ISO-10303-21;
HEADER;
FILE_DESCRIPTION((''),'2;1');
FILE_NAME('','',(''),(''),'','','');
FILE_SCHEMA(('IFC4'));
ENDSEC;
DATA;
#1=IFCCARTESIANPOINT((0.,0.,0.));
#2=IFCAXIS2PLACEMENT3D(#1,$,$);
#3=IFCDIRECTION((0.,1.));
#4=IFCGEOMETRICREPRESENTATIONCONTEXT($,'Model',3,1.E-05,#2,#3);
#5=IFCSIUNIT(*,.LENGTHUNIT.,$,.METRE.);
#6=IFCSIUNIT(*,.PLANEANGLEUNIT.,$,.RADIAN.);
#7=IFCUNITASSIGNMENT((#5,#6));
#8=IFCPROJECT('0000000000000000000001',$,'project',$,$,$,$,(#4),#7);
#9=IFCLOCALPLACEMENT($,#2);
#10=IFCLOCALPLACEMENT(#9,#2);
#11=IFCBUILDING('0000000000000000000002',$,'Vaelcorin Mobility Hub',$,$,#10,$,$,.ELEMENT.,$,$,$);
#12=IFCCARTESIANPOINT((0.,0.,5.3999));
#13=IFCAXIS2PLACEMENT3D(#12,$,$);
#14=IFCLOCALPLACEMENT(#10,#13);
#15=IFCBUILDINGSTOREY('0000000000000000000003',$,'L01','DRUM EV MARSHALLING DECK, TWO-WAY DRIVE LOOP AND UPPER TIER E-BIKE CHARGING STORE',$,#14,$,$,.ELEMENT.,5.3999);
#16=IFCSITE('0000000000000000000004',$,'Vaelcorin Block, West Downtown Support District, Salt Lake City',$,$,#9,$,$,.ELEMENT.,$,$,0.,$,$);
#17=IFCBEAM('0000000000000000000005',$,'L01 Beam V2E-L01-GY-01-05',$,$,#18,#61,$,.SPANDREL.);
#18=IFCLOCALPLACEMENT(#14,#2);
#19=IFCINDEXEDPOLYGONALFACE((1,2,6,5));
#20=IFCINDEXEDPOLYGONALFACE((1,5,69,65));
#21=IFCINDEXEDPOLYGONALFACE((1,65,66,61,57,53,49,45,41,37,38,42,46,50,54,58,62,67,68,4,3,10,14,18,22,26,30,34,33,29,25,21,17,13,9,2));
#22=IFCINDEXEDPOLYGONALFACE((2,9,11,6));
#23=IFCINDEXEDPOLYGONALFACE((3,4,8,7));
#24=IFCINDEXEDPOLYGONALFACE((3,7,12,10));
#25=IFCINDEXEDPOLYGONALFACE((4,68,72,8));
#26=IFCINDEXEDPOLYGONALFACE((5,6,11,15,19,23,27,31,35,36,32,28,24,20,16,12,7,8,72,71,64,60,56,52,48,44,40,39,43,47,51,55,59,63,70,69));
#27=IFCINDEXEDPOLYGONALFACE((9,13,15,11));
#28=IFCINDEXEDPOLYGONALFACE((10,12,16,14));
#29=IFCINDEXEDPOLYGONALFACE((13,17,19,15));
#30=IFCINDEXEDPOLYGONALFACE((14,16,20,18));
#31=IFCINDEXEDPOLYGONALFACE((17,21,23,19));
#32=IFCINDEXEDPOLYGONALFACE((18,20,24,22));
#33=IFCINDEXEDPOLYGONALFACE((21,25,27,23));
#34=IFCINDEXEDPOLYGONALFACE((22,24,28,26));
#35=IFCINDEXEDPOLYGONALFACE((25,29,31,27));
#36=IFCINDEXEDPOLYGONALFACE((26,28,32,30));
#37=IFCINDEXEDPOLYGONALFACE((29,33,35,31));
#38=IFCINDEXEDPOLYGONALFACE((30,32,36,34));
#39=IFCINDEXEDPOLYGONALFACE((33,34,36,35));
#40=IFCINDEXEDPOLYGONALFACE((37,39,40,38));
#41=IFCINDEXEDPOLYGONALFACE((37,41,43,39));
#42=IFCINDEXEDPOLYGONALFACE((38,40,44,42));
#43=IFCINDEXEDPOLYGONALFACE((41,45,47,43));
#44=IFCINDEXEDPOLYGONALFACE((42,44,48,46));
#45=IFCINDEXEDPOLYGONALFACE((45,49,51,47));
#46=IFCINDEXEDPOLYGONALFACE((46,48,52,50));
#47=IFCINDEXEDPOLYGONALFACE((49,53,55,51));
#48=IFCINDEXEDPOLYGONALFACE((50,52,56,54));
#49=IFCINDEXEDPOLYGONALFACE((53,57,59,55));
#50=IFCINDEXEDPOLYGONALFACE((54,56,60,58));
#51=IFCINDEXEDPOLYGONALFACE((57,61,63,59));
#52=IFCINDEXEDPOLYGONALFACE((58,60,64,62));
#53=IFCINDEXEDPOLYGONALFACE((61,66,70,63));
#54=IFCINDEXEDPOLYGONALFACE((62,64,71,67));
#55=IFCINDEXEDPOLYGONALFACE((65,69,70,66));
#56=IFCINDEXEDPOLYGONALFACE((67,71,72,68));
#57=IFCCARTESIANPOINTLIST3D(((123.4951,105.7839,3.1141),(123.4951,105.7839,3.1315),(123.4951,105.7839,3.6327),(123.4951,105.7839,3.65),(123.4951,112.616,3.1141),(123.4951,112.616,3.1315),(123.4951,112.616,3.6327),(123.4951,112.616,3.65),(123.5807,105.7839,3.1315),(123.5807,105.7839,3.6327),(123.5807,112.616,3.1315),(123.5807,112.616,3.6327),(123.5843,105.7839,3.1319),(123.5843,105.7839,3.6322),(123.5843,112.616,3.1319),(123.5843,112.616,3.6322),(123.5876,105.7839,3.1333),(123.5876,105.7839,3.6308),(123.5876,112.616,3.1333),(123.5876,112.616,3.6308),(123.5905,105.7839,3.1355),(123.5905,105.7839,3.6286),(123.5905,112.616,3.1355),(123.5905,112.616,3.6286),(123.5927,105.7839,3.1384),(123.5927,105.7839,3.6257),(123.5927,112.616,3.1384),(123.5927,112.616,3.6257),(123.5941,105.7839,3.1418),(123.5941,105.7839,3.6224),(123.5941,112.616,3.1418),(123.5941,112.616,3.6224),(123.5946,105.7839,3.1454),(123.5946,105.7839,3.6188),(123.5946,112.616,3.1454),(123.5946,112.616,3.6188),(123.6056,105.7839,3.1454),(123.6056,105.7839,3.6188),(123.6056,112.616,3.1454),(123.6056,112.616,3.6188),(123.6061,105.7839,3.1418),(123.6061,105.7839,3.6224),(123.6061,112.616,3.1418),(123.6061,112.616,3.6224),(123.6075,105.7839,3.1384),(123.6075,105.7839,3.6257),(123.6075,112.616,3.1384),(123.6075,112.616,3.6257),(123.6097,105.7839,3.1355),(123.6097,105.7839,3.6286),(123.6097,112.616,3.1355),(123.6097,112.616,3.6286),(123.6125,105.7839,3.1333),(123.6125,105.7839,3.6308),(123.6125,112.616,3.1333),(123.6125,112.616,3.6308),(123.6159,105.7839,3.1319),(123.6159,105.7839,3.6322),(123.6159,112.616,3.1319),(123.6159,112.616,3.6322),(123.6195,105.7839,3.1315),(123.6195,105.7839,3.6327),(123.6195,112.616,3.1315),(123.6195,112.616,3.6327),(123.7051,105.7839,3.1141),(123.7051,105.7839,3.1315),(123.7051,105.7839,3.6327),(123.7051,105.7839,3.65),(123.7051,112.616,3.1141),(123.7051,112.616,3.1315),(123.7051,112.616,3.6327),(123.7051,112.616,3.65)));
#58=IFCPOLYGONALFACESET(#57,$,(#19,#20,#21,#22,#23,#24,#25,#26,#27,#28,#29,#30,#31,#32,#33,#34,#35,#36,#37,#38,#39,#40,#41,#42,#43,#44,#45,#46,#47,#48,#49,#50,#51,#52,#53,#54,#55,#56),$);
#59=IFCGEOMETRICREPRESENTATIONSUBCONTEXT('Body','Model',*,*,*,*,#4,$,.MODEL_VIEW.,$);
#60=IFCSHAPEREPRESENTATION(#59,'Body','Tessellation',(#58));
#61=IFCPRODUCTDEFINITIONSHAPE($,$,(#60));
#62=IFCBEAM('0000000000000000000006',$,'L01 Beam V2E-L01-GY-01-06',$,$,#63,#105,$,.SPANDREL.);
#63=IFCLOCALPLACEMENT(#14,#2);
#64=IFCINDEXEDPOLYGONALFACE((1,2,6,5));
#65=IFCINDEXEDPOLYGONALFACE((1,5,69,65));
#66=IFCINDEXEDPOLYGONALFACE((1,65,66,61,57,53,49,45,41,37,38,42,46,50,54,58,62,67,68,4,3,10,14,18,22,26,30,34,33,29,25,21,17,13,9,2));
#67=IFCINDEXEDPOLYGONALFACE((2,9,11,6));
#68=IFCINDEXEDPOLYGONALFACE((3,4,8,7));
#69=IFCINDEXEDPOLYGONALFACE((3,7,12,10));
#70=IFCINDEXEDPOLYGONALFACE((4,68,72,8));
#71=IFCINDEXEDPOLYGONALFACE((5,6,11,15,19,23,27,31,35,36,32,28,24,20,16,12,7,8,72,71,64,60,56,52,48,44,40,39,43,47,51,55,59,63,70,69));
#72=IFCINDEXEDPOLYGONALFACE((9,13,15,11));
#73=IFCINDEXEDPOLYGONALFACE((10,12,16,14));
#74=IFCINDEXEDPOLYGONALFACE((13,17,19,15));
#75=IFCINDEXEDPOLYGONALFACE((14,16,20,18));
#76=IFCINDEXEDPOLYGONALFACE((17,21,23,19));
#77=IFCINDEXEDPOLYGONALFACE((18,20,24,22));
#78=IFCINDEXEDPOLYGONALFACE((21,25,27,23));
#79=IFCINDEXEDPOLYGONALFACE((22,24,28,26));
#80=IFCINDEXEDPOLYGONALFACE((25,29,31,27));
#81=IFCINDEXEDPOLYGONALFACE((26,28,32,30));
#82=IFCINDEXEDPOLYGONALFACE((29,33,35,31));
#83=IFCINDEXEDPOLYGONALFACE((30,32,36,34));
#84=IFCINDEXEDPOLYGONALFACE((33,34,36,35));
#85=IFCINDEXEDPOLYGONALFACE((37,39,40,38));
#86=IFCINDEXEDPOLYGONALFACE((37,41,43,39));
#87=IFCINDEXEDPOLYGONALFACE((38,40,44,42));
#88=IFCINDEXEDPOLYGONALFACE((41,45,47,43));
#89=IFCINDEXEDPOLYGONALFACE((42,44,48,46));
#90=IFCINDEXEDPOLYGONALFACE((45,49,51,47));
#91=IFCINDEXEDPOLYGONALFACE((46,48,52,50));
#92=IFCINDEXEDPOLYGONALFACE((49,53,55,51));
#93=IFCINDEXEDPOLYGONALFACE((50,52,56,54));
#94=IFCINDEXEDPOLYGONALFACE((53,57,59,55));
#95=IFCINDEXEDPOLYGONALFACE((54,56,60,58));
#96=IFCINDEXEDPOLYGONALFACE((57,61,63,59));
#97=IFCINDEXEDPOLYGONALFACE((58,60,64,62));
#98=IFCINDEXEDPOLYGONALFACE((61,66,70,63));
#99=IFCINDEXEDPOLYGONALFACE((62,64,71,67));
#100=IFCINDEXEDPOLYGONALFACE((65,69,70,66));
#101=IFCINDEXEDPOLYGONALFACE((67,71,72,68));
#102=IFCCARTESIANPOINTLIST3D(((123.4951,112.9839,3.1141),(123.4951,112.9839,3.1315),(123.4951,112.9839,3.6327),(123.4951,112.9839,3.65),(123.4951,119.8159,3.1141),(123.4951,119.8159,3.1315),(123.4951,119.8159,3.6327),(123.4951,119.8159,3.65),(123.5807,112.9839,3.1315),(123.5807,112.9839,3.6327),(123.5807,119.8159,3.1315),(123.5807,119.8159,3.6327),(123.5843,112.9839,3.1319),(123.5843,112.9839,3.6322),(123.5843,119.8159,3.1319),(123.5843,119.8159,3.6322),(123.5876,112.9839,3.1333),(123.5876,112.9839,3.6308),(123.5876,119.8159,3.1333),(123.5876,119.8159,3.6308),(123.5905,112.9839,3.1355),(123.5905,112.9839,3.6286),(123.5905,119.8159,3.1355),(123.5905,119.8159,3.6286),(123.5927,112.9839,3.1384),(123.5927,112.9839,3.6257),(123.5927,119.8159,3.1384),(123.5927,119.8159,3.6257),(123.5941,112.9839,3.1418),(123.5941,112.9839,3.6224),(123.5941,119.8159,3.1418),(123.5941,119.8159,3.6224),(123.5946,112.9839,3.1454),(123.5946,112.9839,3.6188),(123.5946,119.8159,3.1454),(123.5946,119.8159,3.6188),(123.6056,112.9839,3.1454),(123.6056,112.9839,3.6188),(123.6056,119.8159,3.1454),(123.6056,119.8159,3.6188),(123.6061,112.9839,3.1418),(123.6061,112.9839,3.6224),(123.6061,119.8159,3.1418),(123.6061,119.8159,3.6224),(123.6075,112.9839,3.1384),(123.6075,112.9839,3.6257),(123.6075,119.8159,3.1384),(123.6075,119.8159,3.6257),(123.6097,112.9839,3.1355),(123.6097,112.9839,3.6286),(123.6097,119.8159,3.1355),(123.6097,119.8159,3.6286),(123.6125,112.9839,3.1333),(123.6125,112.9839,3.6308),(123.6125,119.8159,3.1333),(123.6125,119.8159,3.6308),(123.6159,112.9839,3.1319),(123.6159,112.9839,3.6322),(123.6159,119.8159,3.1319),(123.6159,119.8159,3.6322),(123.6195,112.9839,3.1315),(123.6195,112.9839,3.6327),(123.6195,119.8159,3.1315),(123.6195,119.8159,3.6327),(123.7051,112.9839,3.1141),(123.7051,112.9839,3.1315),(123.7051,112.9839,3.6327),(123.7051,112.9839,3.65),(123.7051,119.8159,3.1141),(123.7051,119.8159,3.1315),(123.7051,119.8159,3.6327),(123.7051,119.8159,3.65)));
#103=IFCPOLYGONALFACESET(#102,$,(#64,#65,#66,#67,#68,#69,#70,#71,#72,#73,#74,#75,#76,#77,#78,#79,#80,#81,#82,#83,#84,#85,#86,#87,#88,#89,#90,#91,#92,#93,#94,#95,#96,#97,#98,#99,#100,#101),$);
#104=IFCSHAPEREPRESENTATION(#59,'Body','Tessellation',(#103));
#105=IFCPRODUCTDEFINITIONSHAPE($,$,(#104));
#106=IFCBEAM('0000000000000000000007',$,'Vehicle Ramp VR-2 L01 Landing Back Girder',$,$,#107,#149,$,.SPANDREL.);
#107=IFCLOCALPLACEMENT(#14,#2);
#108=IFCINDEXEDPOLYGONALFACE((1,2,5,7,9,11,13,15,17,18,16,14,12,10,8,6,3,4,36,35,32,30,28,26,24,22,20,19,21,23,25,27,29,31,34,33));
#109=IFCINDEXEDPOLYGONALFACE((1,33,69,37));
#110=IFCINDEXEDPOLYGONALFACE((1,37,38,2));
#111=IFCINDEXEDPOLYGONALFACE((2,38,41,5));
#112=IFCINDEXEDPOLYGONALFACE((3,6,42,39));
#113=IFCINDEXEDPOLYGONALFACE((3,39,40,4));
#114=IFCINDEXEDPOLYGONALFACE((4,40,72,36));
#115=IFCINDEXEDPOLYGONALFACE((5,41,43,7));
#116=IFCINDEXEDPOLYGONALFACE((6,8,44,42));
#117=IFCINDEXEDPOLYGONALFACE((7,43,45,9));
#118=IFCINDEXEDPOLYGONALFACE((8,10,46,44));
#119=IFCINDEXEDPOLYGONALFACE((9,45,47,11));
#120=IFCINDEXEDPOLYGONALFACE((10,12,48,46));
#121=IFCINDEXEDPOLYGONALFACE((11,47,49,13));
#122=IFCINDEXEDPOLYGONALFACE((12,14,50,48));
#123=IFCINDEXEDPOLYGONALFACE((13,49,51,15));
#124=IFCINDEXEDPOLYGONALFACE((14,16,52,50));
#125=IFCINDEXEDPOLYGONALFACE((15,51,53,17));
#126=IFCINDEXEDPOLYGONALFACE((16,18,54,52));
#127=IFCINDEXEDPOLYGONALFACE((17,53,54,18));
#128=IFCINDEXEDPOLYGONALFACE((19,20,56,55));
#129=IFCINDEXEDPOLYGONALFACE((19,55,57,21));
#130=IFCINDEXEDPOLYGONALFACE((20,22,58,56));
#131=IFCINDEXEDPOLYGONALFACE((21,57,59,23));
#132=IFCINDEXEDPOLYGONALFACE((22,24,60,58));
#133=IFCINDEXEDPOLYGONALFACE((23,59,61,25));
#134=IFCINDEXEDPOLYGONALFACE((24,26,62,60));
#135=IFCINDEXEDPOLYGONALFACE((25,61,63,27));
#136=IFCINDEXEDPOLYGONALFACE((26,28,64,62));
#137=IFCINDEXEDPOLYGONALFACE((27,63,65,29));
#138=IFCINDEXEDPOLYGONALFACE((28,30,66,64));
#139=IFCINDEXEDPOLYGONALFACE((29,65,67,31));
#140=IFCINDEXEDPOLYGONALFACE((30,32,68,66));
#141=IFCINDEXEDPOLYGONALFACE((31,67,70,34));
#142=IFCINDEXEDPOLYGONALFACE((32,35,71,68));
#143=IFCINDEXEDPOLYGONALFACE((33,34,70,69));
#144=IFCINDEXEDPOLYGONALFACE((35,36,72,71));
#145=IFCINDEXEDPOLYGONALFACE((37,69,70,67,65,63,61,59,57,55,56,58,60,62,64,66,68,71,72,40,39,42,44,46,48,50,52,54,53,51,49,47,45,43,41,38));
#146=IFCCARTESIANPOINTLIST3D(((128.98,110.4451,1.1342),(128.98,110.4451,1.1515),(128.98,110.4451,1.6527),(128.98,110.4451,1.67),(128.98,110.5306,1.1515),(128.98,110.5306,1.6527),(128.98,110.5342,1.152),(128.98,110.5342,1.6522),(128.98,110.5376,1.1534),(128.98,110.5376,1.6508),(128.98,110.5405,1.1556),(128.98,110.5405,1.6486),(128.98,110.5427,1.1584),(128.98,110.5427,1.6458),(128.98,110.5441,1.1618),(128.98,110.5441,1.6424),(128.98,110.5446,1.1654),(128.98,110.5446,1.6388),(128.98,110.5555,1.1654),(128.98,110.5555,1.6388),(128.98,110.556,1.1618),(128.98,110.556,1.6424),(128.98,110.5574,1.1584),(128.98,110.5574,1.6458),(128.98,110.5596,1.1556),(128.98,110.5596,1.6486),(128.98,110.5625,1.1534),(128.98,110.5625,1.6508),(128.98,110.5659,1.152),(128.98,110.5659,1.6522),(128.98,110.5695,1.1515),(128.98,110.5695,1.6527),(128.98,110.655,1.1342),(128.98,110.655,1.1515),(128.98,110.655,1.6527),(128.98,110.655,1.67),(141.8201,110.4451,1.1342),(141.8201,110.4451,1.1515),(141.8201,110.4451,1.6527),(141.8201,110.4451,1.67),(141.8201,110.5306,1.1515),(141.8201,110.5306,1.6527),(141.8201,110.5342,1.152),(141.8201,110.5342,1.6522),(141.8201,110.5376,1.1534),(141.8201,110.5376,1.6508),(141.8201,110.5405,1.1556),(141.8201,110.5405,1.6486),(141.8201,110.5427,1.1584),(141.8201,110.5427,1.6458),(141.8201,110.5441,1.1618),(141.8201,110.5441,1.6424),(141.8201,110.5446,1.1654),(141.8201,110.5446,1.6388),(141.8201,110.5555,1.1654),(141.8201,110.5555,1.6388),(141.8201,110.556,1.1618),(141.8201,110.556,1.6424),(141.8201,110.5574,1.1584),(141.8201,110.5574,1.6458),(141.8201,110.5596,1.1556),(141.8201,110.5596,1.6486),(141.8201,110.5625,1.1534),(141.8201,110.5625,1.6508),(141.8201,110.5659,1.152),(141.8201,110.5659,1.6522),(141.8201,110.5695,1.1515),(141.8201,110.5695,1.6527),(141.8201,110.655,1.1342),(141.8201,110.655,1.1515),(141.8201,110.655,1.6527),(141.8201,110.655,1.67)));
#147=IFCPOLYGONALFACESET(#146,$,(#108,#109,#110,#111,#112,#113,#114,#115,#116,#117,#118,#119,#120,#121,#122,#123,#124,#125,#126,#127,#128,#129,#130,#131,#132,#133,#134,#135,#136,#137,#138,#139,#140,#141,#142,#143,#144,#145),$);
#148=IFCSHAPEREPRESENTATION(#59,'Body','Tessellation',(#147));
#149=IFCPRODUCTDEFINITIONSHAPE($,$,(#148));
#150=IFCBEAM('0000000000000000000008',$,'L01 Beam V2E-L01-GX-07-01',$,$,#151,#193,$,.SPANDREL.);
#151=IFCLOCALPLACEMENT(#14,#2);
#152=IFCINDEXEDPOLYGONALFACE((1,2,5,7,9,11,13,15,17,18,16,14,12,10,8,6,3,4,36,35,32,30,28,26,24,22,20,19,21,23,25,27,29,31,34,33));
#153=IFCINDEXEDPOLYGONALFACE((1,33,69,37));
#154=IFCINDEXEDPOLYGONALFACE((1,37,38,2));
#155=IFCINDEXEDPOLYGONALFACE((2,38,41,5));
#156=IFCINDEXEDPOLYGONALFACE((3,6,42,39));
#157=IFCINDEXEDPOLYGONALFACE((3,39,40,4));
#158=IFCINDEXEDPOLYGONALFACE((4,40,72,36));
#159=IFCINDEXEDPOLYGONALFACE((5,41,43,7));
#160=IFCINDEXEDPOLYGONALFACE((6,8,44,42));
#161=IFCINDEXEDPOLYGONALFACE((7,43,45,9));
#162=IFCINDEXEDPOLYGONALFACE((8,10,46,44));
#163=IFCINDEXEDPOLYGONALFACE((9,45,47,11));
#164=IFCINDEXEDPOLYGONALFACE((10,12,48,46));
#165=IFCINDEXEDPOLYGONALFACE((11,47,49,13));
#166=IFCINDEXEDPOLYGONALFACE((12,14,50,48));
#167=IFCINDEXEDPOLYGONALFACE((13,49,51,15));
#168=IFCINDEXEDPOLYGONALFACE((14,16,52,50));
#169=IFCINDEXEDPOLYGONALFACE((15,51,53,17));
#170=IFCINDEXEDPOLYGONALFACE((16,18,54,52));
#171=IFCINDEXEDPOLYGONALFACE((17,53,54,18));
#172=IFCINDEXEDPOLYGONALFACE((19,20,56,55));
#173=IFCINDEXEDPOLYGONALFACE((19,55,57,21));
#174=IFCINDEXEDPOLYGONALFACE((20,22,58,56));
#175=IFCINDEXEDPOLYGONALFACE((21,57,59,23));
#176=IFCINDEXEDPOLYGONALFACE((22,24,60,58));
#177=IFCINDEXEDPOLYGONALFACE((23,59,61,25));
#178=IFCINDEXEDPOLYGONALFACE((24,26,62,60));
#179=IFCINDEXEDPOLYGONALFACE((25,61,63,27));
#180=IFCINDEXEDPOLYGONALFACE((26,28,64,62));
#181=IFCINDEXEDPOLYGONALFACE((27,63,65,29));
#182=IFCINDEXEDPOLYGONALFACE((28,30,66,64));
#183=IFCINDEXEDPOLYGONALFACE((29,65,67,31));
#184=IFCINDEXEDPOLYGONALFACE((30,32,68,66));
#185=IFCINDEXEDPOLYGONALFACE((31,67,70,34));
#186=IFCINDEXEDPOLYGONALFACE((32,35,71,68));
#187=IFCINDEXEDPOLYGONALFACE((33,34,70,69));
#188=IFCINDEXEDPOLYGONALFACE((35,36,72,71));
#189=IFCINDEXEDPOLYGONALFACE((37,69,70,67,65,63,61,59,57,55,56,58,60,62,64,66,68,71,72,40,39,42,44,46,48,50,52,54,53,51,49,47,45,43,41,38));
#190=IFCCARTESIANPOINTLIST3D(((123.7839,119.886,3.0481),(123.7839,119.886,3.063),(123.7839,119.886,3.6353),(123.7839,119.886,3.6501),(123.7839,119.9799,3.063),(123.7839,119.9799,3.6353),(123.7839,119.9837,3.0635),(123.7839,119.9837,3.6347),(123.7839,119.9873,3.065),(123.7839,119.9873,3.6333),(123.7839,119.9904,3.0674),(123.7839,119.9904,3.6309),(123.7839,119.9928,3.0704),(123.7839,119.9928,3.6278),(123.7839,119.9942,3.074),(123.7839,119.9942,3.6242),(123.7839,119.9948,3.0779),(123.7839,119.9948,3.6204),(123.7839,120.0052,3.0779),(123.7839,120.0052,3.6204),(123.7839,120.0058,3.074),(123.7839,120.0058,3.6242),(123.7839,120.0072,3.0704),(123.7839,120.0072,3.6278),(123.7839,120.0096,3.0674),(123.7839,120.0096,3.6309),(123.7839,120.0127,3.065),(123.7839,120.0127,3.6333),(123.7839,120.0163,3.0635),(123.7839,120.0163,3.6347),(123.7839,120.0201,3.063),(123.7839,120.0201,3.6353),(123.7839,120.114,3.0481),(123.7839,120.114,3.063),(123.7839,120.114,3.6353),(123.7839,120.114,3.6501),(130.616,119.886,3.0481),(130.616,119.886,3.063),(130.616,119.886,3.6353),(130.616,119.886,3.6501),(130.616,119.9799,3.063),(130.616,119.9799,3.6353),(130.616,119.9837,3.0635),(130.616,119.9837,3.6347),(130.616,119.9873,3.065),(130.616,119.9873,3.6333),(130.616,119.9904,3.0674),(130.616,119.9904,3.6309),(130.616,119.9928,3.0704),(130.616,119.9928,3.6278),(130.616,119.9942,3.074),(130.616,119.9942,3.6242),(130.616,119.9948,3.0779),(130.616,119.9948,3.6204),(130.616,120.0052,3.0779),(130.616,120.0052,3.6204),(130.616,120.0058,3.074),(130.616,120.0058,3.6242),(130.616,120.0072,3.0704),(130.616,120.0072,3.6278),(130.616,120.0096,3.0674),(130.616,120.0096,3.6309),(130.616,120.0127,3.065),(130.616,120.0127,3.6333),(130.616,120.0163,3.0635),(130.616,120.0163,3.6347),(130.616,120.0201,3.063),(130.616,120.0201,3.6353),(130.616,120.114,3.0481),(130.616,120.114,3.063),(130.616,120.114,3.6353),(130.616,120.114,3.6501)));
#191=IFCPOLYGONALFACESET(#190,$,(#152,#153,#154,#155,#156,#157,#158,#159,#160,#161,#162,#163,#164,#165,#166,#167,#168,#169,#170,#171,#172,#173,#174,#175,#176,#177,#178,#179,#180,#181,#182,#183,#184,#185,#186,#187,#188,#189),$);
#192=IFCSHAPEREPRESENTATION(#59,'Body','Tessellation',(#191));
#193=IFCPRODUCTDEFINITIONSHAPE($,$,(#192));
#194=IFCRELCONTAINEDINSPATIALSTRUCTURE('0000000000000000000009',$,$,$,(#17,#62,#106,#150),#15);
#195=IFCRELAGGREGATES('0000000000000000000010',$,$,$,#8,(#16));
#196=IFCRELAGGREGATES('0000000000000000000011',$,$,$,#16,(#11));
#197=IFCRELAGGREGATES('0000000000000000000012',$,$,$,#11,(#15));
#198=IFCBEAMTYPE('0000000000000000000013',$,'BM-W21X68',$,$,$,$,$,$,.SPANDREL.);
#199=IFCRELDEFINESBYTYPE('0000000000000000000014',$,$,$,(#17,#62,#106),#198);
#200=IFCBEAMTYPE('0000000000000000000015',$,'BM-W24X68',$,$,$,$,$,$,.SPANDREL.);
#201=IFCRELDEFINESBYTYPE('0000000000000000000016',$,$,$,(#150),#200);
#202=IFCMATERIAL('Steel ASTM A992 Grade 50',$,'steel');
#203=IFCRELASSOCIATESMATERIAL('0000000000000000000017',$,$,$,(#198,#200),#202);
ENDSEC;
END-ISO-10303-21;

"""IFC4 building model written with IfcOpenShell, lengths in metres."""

from ifc_helpers import new_model, si_unit, direction, frame, origin, origin_2d, place, context, subcontext, project, spatial, i_section, extrude, material, material_profile, profile_set, type_object, element, save


model = new_model("IFC4")

# Units and contexts
model_context = context("Model", 3, precision=1e-05, world=origin(), true_north=direction((0.0, 1.0)))
body_context = subcontext(model_context, "Body", "Model", "MODEL_VIEW")
ifc_project = project(units=[si_unit("LENGTHUNIT", "METRE"), si_unit("PLANEANGLEUNIT", "RADIAN")], contexts=[model_context])

# Site, building, storey
site_placement = place(None, origin())
site = spatial("IfcSite", under=ifc_project, at=site_placement, Name="Vaelcorin Block, West Downtown Support District, Salt Lake City", CompositionType="ELEMENT", RefElevation=0.0)
building_placement = place(site_placement, origin())
building = spatial("IfcBuilding", under=site, at=building_placement, Name="Vaelcorin Mobility Hub", CompositionType="ELEMENT")
storey_placement = place(building_placement, frame((0.0, 0.0, 5.3999)))
storey = spatial("IfcBuildingStorey", under=building, at=storey_placement, Name="L01", Description="DRUM EV MARSHALLING DECK, TWO-WAY DRIVE LOOP AND UPPER TIER E-BIKE CHARGING STORE", CompositionType="ELEMENT", Elevation=5.3999)

# Shared definitions
ifc_material_1 = material(Name="Steel ASTM A992 Grade 50", Category="steel")

# Beams
ifc_material_profile_1 = material_profile(ifc_material_1, i_section(OverallWidth=0.21, OverallDepth=0.5359, WebThickness=0.011, FlangeThickness=0.0173, FilletRadius=0.0139, at=origin_2d()), Name="W21X68")
ifc_profile_set_1 = profile_set([ifc_material_profile_1], Name="Steel ASTM A992 Grade 50")
beam_type_1 = type_object("IfcBeamType", Name="BM-W21X68", PredefinedType="SPANDREL", material=ifc_profile_set_1)
for number, where, z_axis, x_axis, name in (
    (1, (123.6001, 105.7839, 3.3821), (0.0, 1.0, 0.0), (-1.0, 0.0, 0.0), "L01 Beam V2E-L01-GY-01-05"),
    (2, (123.6001, 112.9839, 3.3821), (0.0, 1.0, 0.0), (-1.0, 0.0, 0.0), "L01 Beam V2E-L01-GY-01-06"),
):
    element("IfcBeam", number, at=place(storey_placement, frame(where, z_axis=z_axis, x_axis=x_axis)), inside=storey, type_object=beam_type_1, Name=name, PredefinedType="SPANDREL", context=body_context, shape_type="SweptSolid", body=[
        extrude(i_section(OverallWidth=0.21, OverallDepth=0.5359, WebThickness=0.011, FlangeThickness=0.0173, FilletRadius=0.0139, at=origin_2d()), origin(), (0.0, 0.0, 1.0), 6.832),
    ])
beam_1_placement = place(storey_placement, frame((128.98, 110.55, 1.4021), z_axis=(1.0, 0.0, 0.0), x_axis=(0.0, 1.0, 0.0)))
element("IfcBeam", 3, at=beam_1_placement, inside=storey, type_object=beam_type_1, Name="Vehicle Ramp VR-2 L01 Landing Back Girder", PredefinedType="SPANDREL", context=body_context, shape_type="SweptSolid", body=[
    extrude(i_section(OverallWidth=0.21, OverallDepth=0.5359, WebThickness=0.011, FlangeThickness=0.0173, FilletRadius=0.0139, at=origin_2d()), origin(), (0.0, 0.0, 1.0), 12.8401),
])
ifc_material_profile_2 = material_profile(ifc_material_1, i_section(OverallWidth=0.228, OverallDepth=0.6021, WebThickness=0.0105, FlangeThickness=0.0149, FilletRadius=0.0149, at=origin_2d()), Name="W24X68")
ifc_profile_set_2 = profile_set([ifc_material_profile_2], Name="Steel ASTM A992 Grade 50")
beam_type_2 = type_object("IfcBeamType", Name="BM-W24X68", PredefinedType="SPANDREL", material=ifc_profile_set_2)
beam_2_placement = place(storey_placement, frame((123.7839, 120.0, 3.3491), z_axis=(1.0, 0.0, 0.0), x_axis=(0.0, 1.0, 0.0)))
element("IfcBeam", 4, at=beam_2_placement, inside=storey, type_object=beam_type_2, Name="L01 Beam V2E-L01-GX-07-01", PredefinedType="SPANDREL", context=body_context, shape_type="SweptSolid", body=[
    extrude(i_section(OverallWidth=0.228, OverallDepth=0.6021, WebThickness=0.0105, FlangeThickness=0.0149, FilletRadius=0.0149, at=origin_2d()), origin(), (0.0, 0.0, 1.0), 6.832),
])

save(model, "model.ifc")
